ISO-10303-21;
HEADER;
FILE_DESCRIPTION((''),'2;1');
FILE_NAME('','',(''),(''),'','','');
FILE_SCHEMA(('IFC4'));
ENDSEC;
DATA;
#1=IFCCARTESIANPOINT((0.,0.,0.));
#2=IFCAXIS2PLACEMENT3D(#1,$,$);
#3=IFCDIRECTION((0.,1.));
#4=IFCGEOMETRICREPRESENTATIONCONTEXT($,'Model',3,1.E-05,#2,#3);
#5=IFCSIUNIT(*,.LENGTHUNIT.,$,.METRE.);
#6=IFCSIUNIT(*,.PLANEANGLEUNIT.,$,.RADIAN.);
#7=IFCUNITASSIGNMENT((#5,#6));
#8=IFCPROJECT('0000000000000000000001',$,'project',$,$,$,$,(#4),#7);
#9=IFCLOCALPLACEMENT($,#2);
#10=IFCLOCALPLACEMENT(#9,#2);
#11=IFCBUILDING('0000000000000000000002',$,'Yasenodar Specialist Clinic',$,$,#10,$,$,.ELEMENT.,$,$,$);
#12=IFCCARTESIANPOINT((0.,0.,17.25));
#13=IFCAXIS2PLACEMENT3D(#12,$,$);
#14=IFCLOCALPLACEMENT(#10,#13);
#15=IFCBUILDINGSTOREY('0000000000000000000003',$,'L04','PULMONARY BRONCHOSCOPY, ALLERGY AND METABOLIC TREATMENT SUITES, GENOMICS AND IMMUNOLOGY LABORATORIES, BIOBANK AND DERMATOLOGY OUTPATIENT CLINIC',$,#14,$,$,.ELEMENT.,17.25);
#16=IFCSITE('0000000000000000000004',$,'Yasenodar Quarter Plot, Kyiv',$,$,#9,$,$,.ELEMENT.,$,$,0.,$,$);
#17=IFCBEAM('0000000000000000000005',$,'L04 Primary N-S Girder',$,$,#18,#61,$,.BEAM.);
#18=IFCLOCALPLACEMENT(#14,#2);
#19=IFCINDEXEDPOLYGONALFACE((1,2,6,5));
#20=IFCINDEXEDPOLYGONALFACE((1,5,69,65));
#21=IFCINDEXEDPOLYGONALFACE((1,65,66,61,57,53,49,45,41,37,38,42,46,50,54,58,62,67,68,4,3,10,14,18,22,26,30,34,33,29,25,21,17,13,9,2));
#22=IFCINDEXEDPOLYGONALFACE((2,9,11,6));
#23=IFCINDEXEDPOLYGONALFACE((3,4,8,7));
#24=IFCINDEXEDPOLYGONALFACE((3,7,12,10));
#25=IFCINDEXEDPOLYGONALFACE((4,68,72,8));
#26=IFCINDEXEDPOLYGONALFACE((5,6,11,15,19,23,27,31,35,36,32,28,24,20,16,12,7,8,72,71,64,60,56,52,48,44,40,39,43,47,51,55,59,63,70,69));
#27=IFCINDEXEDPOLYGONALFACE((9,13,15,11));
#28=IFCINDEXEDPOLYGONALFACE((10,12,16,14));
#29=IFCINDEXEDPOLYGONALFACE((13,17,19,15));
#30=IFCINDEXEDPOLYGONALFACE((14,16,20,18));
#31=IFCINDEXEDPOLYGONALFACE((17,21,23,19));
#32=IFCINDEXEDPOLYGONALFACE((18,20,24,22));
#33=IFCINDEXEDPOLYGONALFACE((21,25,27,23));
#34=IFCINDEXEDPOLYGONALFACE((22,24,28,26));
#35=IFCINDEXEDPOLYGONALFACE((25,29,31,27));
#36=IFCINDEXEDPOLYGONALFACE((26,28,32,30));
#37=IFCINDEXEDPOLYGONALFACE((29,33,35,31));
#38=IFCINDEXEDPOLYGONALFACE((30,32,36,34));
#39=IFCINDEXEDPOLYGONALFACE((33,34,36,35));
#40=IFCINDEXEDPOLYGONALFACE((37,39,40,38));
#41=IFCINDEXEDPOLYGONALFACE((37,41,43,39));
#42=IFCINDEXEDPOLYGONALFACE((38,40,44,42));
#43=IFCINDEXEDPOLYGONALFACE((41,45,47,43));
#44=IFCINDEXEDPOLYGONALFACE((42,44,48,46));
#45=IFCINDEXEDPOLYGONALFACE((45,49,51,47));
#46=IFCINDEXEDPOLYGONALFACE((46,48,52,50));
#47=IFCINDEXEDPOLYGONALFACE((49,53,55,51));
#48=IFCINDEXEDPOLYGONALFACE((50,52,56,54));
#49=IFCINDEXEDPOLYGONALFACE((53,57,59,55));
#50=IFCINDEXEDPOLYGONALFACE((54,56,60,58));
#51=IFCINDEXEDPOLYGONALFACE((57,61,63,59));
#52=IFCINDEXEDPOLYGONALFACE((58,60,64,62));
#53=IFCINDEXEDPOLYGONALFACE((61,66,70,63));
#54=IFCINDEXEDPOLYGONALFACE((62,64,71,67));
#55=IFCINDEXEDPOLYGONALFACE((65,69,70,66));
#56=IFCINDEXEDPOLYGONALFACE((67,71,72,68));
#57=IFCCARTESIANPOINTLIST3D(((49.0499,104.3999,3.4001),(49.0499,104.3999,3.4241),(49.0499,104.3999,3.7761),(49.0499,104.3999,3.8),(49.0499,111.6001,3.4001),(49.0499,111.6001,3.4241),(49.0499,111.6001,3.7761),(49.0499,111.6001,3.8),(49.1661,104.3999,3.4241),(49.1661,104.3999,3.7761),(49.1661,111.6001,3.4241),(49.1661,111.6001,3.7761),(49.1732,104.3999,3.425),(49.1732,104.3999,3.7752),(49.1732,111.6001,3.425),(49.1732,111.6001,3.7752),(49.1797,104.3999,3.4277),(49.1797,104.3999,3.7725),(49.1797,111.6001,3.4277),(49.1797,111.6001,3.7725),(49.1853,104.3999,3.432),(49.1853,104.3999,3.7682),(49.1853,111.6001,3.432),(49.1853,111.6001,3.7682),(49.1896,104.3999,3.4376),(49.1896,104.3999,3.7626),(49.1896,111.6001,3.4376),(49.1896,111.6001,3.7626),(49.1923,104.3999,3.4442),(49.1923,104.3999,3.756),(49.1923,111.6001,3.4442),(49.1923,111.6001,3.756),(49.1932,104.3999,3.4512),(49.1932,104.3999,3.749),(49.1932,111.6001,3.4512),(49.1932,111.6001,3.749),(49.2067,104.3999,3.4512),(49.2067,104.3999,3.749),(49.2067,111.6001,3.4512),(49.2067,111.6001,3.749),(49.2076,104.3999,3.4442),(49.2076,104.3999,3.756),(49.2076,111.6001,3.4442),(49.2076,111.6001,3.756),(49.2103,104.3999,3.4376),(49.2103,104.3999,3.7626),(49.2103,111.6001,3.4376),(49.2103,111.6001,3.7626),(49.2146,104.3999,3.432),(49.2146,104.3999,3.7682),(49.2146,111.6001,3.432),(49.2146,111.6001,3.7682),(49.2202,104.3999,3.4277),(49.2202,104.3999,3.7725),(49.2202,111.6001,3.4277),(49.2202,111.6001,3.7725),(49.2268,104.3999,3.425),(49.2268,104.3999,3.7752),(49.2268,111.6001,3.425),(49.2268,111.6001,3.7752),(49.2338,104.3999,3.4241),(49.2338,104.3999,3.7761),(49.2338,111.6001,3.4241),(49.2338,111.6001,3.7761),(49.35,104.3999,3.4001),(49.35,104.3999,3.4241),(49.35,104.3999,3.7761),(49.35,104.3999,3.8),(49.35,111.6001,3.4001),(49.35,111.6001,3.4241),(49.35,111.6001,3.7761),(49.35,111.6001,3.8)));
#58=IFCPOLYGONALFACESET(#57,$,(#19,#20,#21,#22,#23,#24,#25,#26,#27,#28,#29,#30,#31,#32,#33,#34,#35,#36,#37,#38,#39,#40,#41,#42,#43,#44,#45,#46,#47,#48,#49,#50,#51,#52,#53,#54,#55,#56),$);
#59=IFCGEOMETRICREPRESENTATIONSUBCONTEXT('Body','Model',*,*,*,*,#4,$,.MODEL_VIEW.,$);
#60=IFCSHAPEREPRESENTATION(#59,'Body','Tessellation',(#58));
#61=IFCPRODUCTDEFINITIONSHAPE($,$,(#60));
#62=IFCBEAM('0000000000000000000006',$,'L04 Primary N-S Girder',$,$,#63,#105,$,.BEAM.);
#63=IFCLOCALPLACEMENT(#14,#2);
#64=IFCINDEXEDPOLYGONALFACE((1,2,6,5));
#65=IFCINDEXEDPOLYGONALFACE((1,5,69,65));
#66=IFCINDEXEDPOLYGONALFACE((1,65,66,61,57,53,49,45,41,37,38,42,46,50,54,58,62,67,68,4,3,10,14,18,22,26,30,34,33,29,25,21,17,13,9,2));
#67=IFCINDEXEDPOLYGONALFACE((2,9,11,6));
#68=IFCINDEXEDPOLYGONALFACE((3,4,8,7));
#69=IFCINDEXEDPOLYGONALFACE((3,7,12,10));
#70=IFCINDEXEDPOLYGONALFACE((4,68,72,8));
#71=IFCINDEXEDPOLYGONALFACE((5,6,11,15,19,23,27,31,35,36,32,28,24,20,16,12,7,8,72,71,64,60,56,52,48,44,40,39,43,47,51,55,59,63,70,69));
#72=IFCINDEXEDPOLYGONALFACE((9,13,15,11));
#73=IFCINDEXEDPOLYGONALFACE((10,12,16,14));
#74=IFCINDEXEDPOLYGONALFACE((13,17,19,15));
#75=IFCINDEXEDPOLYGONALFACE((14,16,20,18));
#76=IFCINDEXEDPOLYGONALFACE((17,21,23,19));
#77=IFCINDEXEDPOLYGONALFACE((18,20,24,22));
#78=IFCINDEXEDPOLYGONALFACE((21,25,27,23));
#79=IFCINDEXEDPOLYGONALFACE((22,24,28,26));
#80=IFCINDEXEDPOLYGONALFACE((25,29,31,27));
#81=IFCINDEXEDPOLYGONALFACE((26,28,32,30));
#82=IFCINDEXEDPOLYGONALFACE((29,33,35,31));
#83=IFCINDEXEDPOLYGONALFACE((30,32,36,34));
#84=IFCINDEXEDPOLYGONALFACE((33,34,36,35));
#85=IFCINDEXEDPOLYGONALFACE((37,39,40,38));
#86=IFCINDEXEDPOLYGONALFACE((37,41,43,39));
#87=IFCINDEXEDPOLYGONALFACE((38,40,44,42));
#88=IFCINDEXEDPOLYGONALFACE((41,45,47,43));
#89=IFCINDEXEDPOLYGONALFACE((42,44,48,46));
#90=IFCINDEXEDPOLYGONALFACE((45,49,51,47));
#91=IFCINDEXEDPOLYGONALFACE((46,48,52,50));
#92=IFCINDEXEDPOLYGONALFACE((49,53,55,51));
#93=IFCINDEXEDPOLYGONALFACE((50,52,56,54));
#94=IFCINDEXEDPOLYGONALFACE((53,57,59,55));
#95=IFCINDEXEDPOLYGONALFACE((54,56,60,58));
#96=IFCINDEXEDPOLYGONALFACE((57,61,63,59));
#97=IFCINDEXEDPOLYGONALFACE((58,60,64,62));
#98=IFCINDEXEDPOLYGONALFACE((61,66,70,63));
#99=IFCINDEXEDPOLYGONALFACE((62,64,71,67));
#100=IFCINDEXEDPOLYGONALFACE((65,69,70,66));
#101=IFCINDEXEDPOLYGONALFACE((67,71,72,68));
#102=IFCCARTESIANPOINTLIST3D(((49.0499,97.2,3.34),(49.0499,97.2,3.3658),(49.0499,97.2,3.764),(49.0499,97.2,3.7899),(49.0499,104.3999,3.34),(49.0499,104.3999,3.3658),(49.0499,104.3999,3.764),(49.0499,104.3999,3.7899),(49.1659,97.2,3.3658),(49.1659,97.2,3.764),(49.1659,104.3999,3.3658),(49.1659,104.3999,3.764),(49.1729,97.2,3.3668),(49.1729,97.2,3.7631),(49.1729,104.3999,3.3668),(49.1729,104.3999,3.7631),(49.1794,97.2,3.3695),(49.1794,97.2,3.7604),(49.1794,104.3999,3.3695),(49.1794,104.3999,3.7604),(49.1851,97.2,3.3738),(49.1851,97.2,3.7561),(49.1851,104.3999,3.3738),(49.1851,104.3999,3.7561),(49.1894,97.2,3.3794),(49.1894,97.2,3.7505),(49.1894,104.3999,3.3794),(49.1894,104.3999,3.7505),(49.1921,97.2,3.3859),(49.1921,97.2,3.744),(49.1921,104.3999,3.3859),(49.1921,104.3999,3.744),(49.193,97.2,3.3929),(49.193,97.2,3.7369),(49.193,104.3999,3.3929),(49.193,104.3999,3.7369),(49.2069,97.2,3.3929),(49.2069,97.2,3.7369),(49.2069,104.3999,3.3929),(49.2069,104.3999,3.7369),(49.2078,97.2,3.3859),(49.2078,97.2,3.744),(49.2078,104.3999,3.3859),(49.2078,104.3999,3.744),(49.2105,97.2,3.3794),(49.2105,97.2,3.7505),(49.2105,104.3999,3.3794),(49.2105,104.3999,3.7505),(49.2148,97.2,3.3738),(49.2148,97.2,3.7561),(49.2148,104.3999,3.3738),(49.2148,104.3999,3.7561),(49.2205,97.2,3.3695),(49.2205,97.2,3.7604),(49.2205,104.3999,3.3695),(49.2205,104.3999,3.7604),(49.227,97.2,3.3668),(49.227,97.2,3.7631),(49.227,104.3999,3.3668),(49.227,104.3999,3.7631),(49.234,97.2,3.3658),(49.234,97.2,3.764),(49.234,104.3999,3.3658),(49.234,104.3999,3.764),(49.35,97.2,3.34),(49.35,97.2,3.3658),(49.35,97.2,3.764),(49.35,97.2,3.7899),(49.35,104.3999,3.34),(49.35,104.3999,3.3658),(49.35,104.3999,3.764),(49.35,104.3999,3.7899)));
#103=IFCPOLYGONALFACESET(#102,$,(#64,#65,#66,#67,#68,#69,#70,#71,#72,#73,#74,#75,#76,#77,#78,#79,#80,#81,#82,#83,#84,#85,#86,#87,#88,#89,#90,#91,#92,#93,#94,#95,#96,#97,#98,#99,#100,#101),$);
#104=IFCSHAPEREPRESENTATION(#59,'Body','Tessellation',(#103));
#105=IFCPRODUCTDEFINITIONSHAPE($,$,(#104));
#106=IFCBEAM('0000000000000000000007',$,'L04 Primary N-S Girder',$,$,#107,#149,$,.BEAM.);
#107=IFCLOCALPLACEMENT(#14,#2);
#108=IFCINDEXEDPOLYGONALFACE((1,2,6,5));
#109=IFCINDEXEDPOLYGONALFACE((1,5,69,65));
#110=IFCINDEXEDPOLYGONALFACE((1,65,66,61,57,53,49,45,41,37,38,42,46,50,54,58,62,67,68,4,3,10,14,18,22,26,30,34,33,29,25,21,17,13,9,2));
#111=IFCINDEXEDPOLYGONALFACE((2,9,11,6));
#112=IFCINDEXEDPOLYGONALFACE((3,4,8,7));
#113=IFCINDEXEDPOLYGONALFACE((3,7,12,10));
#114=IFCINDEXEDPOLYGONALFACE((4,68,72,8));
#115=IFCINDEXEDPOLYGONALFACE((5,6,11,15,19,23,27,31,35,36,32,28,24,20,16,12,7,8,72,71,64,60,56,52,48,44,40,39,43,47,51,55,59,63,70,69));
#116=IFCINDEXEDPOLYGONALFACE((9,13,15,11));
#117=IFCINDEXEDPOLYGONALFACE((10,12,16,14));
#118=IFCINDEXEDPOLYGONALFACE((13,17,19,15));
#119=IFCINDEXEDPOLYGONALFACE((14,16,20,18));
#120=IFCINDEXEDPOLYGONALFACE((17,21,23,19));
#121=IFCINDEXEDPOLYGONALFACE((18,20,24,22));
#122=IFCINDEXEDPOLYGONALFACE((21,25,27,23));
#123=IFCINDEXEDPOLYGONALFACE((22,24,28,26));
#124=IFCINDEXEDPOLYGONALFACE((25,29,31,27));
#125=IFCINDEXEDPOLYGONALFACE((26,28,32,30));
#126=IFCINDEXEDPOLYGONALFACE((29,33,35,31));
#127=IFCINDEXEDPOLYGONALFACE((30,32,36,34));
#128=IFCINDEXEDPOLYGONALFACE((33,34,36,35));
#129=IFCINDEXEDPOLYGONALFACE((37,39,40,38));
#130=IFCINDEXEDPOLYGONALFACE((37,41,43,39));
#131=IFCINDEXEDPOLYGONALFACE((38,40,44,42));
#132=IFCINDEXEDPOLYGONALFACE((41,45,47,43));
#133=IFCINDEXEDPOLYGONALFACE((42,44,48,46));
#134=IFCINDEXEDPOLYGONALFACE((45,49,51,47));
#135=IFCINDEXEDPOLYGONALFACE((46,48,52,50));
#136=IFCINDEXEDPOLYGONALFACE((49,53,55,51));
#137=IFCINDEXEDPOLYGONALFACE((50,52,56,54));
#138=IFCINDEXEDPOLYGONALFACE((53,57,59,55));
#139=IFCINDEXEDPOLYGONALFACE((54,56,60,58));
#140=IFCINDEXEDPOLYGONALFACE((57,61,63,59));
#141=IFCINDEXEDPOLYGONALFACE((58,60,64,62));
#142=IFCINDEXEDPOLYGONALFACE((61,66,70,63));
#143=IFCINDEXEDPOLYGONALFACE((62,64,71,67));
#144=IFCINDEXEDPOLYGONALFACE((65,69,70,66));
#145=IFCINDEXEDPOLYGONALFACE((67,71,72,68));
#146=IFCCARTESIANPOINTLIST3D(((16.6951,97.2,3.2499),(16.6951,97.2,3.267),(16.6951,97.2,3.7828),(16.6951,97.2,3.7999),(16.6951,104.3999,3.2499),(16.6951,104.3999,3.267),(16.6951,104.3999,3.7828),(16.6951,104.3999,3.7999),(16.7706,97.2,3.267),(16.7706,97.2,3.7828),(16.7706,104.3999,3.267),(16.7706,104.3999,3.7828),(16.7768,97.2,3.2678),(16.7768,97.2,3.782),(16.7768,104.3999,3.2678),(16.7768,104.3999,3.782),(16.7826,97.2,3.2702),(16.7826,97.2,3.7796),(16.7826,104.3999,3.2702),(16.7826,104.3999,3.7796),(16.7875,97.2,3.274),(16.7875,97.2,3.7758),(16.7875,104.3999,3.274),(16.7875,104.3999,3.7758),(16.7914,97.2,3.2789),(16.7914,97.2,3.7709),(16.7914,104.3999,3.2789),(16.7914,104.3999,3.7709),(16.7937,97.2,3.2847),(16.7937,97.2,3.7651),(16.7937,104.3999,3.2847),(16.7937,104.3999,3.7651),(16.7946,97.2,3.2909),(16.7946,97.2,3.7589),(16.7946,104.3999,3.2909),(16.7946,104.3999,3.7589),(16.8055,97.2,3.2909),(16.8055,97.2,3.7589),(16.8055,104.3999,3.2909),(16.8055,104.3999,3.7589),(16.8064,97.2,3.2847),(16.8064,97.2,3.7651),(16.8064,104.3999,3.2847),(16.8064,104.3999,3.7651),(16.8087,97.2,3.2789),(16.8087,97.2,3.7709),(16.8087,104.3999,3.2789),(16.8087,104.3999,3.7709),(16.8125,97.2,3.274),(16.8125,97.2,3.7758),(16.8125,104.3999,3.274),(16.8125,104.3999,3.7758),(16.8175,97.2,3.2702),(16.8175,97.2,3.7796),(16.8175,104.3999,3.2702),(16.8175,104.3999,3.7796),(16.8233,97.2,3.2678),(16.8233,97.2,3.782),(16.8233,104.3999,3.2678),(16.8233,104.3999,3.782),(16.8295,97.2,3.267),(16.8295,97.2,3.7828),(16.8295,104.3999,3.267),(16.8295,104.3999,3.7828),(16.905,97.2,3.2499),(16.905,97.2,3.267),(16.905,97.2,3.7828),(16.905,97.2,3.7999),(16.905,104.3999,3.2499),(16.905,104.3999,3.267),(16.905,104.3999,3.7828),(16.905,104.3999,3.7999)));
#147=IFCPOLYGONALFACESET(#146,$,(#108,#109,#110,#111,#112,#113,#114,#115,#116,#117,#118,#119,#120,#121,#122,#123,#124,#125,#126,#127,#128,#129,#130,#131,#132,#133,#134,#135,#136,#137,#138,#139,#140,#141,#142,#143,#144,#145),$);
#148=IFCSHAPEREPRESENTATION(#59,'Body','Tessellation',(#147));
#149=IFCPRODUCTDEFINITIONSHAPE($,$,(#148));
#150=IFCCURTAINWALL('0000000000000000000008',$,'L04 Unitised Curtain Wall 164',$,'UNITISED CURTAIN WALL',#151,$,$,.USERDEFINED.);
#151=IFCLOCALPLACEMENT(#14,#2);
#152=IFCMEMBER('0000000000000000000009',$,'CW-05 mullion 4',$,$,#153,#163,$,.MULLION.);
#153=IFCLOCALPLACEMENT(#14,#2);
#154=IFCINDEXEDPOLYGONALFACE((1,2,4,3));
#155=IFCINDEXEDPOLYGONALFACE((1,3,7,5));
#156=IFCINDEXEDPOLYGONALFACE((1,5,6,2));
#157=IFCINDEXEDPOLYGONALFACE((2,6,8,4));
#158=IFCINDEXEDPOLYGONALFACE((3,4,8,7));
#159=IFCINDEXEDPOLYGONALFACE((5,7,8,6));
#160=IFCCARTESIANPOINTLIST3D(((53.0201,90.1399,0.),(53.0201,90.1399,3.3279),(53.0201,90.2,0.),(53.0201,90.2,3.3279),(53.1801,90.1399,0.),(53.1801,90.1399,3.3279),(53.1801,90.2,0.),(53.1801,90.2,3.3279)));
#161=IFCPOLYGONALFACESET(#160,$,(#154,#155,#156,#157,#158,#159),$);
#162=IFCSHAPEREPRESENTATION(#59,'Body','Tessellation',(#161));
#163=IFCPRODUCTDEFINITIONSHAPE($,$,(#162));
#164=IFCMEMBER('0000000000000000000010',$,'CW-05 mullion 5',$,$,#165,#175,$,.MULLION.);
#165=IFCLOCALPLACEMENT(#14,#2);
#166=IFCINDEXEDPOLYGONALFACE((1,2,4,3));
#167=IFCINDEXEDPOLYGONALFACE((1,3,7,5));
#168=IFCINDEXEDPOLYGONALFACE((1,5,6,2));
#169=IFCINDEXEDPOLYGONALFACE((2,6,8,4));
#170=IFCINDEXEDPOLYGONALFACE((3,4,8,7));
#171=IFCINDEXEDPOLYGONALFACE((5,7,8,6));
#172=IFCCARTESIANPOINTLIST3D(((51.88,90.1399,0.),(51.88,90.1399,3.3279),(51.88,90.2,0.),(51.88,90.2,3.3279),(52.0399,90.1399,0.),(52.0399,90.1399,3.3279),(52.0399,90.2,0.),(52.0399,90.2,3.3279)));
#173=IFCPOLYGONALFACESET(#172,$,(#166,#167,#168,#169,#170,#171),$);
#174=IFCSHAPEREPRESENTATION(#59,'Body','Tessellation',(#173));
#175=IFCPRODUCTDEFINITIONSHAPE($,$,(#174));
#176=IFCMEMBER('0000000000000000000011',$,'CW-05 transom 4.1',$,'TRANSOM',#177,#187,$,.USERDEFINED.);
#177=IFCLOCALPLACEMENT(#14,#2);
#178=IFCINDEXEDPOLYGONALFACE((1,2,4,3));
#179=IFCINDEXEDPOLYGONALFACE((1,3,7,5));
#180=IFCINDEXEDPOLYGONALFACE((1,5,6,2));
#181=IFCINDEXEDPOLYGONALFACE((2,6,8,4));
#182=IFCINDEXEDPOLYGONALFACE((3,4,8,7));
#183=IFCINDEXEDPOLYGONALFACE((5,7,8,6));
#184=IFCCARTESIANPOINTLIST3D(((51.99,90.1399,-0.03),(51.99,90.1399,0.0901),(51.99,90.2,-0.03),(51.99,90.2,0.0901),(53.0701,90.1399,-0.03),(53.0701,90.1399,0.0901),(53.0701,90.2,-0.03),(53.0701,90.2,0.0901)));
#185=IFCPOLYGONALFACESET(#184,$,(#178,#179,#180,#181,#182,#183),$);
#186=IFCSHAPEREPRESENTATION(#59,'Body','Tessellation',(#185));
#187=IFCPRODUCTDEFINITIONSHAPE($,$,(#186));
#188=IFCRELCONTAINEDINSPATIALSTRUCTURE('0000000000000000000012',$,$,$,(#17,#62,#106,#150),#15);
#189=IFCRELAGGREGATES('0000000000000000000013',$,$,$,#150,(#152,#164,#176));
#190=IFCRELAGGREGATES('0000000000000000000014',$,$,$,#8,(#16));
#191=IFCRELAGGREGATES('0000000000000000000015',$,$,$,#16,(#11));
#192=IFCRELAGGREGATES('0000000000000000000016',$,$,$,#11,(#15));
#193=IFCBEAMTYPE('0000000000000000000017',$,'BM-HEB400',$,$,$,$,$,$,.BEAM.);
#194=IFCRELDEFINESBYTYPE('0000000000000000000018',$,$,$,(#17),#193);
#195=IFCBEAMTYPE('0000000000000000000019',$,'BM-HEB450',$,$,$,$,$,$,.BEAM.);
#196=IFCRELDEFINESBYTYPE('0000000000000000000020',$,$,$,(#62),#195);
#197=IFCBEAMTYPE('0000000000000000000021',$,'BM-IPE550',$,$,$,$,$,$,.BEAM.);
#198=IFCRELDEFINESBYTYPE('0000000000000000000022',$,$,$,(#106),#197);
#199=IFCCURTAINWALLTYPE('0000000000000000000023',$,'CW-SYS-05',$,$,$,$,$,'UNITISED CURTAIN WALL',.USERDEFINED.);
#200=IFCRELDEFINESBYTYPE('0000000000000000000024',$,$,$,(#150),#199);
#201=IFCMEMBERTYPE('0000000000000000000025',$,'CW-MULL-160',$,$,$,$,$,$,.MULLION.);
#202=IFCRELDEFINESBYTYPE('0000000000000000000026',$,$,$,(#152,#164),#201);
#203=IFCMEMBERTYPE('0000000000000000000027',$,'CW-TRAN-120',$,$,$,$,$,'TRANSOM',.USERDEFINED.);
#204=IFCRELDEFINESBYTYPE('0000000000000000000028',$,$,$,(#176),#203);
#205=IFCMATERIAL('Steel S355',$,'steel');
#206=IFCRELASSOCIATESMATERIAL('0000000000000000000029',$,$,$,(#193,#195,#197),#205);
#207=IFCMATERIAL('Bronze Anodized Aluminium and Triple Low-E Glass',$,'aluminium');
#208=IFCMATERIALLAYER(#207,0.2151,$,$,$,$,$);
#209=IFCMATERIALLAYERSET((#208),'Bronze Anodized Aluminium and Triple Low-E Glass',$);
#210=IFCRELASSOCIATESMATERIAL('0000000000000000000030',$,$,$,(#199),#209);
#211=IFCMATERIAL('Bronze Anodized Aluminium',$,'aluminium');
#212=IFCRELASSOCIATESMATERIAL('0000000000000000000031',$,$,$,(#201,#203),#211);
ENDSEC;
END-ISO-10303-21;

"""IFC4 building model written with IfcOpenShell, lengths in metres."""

from ifc_helpers import new_model, si_unit, direction, frame, origin, origin_2d, place, context, subcontext, project, spatial, rectangle, i_section, extrude, material, layer, layer_set, material_profile, profile_set, type_object, element, aggregate, save


model = new_model("IFC4")

# Units and contexts
model_context = context("Model", 3, precision=1e-05, world=origin(), true_north=direction((0.0, 1.0)))
body_context = subcontext(model_context, "Body", "Model", "MODEL_VIEW")
ifc_project = project(units=[si_unit("LENGTHUNIT", "METRE"), si_unit("PLANEANGLEUNIT", "RADIAN")], contexts=[model_context])

# Site, building, storey
site_placement = place(None, origin())
site = spatial("IfcSite", under=ifc_project, at=site_placement, Name="Yasenodar Quarter Plot, Kyiv", CompositionType="ELEMENT", RefElevation=0.0)
building_placement = place(site_placement, origin())
building = spatial("IfcBuilding", under=site, at=building_placement, Name="Yasenodar Specialist Clinic", CompositionType="ELEMENT")
storey_placement = place(building_placement, frame((0.0, 0.0, 17.25)))
storey = spatial("IfcBuildingStorey", under=building, at=storey_placement, Name="L04", Description="PULMONARY BRONCHOSCOPY, ALLERGY AND METABOLIC TREATMENT SUITES, GENOMICS AND IMMUNOLOGY LABORATORIES, BIOBANK AND DERMATOLOGY OUTPATIENT CLINIC", CompositionType="ELEMENT", Elevation=17.25)

# Shared definitions
ifc_material_1 = material(Name="Steel S355", Category="steel")

# Beams
ifc_material_profile_1 = material_profile(ifc_material_1, i_section(OverallWidth=0.3, OverallDepth=0.3999, WebThickness=0.0134, FlangeThickness=0.0239, FilletRadius=0.0271, at=origin_2d()), Name="HEB 400")
ifc_profile_set_1 = profile_set([ifc_material_profile_1], Name="Steel S355")
beam_type_1 = type_object("IfcBeamType", Name="BM-HEB400", PredefinedType="BEAM", material=ifc_profile_set_1)
beam_1_placement = place(storey_placement, frame((49.2, 104.3999, 3.6001), z_axis=(0.0, 1.0, 0.0), x_axis=(-1.0, 0.0, 0.0)))
element("IfcBeam", 1, at=beam_1_placement, inside=storey, type_object=beam_type_1, Name="L04 Primary N-S Girder", PredefinedType="BEAM", context=body_context, shape_type="SweptSolid", body=[
    extrude(i_section(OverallWidth=0.3, OverallDepth=0.3999, WebThickness=0.0134, FlangeThickness=0.0239, FilletRadius=0.0271, at=origin_2d()), origin(), (0.0, 0.0, 1.0), 7.2002),
])
ifc_material_profile_2 = material_profile(ifc_material_1, i_section(OverallWidth=0.3, OverallDepth=0.45, WebThickness=0.0139, FlangeThickness=0.0259, FilletRadius=0.0271, at=origin_2d()), Name="HEB 450")
ifc_profile_set_2 = profile_set([ifc_material_profile_2], Name="Steel S355")
beam_type_2 = type_object("IfcBeamType", Name="BM-HEB450", PredefinedType="BEAM", material=ifc_profile_set_2)
beam_2_placement = place(storey_placement, frame((49.2, 97.2, 3.5649), z_axis=(0.0, 1.0, 0.0), x_axis=(-1.0, 0.0, 0.0)))
element("IfcBeam", 2, at=beam_2_placement, inside=storey, type_object=beam_type_2, Name="L04 Primary N-S Girder", PredefinedType="BEAM", context=body_context, shape_type="SweptSolid", body=[
    extrude(i_section(OverallWidth=0.3, OverallDepth=0.45, WebThickness=0.0139, FlangeThickness=0.0259, FilletRadius=0.0271, at=origin_2d()), origin(), (0.0, 0.0, 1.0), 7.2),
])
ifc_material_profile_3 = material_profile(ifc_material_1, i_section(OverallWidth=0.21, OverallDepth=0.55, WebThickness=0.011, FlangeThickness=0.0171, FilletRadius=0.0239, at=origin_2d()), Name="IPE 550")
ifc_profile_set_3 = profile_set([ifc_material_profile_3], Name="Steel S355")
beam_type_3 = type_object("IfcBeamType", Name="BM-IPE550", PredefinedType="BEAM", material=ifc_profile_set_3)
beam_3_placement = place(storey_placement, frame((16.8, 97.2, 3.5249), z_axis=(0.0, 1.0, 0.0), x_axis=(-1.0, 0.0, 0.0)))
element("IfcBeam", 3, at=beam_3_placement, inside=storey, type_object=beam_type_3, Name="L04 Primary N-S Girder", PredefinedType="BEAM", context=body_context, shape_type="SweptSolid", body=[
    extrude(i_section(OverallWidth=0.21, OverallDepth=0.55, WebThickness=0.011, FlangeThickness=0.0171, FilletRadius=0.0239, at=origin_2d()), origin(), (0.0, 0.0, 1.0), 7.2),
])

# Curtain wall, members
ifc_material_2 = material(Name="Bronze Anodized Aluminium and Triple Low-E Glass", Category="aluminium")
ifc_layer_1 = layer(ifc_material_2, 0.2151)
ifc_layer_set_1 = layer_set([ifc_layer_1], Name="Bronze Anodized Aluminium and Triple Low-E Glass")
curtain_wall_type = type_object("IfcCurtainWallType", Name="CW-SYS-05", ElementType="UNITISED CURTAIN WALL", PredefinedType="USERDEFINED", material=ifc_layer_set_1)
curtain_wall_placement = place(storey_placement, origin())
curtain_wall = element("IfcCurtainWall", 4, at=curtain_wall_placement, inside=storey, type_object=curtain_wall_type, Name="L04 Unitised Curtain Wall 164", ObjectType="UNITISED CURTAIN WALL", PredefinedType="USERDEFINED")
ifc_material_3 = material(Name="Bronze Anodized Aluminium", Category="aluminium")
ifc_material_profile_4 = material_profile(ifc_material_3, rectangle(XDim=0.0601, YDim=0.1599, at=origin_2d()), Name="CW-MULL 60x160")
ifc_profile_set_4 = profile_set([ifc_material_profile_4], Name="Bronze Anodized Aluminium")
member_type_1 = type_object("IfcMemberType", Name="CW-MULL-160", PredefinedType="MULLION", material=ifc_profile_set_4)
member_1_placement = place(storey_placement, frame((53.1001, 90.1699, 0.0), z_axis=(0.0, 0.0, 1.0), x_axis=(0.0, -1.0, 0.0)))
member_1 = element("IfcMember", 5, at=member_1_placement, type_object=member_type_1, Name="CW-05 mullion 4", PredefinedType="MULLION", context=body_context, shape_type="SweptSolid", body=[
    extrude(rectangle(XDim=0.0601, YDim=0.1599, at=origin_2d()), origin(), (0.0, 0.0, 1.0), 3.3279),
])
member_2_placement = place(storey_placement, frame((51.96, 90.1699, 0.0), z_axis=(0.0, 0.0, 1.0), x_axis=(0.0, -1.0, 0.0)))
member_2 = element("IfcMember", 6, at=member_2_placement, type_object=member_type_1, Name="CW-05 mullion 5", PredefinedType="MULLION", context=body_context, shape_type="SweptSolid", body=[
    extrude(rectangle(XDim=0.0601, YDim=0.1599, at=origin_2d()), origin(), (0.0, 0.0, 1.0), 3.3279),
])
ifc_material_profile_5 = material_profile(ifc_material_3, rectangle(XDim=0.0601, YDim=0.1201, at=origin_2d()), Name="CW-TRAN 60x120")
ifc_profile_set_5 = profile_set([ifc_material_profile_5], Name="Bronze Anodized Aluminium")
member_type_2 = type_object("IfcMemberType", Name="CW-TRAN-120", ElementType="TRANSOM", PredefinedType="USERDEFINED", material=ifc_profile_set_5)
member_3_placement = place(storey_placement, frame((53.0701, 90.1699, 0.03), z_axis=(-1.0, 0.0, 0.0), x_axis=(0.0, -1.0, 0.0)))
member_3 = element("IfcMember", 7, at=member_3_placement, type_object=member_type_2, Name="CW-05 transom 4.1", ObjectType="TRANSOM", PredefinedType="USERDEFINED", context=body_context, shape_type="SweptSolid", body=[
    extrude(rectangle(XDim=0.0601, YDim=0.1201, at=origin_2d()), origin(), (0.0, 0.0, 1.0), 1.0801),
])

aggregate(curtain_wall, [member_1, member_2, member_3])

save(model, "model.ifc")
